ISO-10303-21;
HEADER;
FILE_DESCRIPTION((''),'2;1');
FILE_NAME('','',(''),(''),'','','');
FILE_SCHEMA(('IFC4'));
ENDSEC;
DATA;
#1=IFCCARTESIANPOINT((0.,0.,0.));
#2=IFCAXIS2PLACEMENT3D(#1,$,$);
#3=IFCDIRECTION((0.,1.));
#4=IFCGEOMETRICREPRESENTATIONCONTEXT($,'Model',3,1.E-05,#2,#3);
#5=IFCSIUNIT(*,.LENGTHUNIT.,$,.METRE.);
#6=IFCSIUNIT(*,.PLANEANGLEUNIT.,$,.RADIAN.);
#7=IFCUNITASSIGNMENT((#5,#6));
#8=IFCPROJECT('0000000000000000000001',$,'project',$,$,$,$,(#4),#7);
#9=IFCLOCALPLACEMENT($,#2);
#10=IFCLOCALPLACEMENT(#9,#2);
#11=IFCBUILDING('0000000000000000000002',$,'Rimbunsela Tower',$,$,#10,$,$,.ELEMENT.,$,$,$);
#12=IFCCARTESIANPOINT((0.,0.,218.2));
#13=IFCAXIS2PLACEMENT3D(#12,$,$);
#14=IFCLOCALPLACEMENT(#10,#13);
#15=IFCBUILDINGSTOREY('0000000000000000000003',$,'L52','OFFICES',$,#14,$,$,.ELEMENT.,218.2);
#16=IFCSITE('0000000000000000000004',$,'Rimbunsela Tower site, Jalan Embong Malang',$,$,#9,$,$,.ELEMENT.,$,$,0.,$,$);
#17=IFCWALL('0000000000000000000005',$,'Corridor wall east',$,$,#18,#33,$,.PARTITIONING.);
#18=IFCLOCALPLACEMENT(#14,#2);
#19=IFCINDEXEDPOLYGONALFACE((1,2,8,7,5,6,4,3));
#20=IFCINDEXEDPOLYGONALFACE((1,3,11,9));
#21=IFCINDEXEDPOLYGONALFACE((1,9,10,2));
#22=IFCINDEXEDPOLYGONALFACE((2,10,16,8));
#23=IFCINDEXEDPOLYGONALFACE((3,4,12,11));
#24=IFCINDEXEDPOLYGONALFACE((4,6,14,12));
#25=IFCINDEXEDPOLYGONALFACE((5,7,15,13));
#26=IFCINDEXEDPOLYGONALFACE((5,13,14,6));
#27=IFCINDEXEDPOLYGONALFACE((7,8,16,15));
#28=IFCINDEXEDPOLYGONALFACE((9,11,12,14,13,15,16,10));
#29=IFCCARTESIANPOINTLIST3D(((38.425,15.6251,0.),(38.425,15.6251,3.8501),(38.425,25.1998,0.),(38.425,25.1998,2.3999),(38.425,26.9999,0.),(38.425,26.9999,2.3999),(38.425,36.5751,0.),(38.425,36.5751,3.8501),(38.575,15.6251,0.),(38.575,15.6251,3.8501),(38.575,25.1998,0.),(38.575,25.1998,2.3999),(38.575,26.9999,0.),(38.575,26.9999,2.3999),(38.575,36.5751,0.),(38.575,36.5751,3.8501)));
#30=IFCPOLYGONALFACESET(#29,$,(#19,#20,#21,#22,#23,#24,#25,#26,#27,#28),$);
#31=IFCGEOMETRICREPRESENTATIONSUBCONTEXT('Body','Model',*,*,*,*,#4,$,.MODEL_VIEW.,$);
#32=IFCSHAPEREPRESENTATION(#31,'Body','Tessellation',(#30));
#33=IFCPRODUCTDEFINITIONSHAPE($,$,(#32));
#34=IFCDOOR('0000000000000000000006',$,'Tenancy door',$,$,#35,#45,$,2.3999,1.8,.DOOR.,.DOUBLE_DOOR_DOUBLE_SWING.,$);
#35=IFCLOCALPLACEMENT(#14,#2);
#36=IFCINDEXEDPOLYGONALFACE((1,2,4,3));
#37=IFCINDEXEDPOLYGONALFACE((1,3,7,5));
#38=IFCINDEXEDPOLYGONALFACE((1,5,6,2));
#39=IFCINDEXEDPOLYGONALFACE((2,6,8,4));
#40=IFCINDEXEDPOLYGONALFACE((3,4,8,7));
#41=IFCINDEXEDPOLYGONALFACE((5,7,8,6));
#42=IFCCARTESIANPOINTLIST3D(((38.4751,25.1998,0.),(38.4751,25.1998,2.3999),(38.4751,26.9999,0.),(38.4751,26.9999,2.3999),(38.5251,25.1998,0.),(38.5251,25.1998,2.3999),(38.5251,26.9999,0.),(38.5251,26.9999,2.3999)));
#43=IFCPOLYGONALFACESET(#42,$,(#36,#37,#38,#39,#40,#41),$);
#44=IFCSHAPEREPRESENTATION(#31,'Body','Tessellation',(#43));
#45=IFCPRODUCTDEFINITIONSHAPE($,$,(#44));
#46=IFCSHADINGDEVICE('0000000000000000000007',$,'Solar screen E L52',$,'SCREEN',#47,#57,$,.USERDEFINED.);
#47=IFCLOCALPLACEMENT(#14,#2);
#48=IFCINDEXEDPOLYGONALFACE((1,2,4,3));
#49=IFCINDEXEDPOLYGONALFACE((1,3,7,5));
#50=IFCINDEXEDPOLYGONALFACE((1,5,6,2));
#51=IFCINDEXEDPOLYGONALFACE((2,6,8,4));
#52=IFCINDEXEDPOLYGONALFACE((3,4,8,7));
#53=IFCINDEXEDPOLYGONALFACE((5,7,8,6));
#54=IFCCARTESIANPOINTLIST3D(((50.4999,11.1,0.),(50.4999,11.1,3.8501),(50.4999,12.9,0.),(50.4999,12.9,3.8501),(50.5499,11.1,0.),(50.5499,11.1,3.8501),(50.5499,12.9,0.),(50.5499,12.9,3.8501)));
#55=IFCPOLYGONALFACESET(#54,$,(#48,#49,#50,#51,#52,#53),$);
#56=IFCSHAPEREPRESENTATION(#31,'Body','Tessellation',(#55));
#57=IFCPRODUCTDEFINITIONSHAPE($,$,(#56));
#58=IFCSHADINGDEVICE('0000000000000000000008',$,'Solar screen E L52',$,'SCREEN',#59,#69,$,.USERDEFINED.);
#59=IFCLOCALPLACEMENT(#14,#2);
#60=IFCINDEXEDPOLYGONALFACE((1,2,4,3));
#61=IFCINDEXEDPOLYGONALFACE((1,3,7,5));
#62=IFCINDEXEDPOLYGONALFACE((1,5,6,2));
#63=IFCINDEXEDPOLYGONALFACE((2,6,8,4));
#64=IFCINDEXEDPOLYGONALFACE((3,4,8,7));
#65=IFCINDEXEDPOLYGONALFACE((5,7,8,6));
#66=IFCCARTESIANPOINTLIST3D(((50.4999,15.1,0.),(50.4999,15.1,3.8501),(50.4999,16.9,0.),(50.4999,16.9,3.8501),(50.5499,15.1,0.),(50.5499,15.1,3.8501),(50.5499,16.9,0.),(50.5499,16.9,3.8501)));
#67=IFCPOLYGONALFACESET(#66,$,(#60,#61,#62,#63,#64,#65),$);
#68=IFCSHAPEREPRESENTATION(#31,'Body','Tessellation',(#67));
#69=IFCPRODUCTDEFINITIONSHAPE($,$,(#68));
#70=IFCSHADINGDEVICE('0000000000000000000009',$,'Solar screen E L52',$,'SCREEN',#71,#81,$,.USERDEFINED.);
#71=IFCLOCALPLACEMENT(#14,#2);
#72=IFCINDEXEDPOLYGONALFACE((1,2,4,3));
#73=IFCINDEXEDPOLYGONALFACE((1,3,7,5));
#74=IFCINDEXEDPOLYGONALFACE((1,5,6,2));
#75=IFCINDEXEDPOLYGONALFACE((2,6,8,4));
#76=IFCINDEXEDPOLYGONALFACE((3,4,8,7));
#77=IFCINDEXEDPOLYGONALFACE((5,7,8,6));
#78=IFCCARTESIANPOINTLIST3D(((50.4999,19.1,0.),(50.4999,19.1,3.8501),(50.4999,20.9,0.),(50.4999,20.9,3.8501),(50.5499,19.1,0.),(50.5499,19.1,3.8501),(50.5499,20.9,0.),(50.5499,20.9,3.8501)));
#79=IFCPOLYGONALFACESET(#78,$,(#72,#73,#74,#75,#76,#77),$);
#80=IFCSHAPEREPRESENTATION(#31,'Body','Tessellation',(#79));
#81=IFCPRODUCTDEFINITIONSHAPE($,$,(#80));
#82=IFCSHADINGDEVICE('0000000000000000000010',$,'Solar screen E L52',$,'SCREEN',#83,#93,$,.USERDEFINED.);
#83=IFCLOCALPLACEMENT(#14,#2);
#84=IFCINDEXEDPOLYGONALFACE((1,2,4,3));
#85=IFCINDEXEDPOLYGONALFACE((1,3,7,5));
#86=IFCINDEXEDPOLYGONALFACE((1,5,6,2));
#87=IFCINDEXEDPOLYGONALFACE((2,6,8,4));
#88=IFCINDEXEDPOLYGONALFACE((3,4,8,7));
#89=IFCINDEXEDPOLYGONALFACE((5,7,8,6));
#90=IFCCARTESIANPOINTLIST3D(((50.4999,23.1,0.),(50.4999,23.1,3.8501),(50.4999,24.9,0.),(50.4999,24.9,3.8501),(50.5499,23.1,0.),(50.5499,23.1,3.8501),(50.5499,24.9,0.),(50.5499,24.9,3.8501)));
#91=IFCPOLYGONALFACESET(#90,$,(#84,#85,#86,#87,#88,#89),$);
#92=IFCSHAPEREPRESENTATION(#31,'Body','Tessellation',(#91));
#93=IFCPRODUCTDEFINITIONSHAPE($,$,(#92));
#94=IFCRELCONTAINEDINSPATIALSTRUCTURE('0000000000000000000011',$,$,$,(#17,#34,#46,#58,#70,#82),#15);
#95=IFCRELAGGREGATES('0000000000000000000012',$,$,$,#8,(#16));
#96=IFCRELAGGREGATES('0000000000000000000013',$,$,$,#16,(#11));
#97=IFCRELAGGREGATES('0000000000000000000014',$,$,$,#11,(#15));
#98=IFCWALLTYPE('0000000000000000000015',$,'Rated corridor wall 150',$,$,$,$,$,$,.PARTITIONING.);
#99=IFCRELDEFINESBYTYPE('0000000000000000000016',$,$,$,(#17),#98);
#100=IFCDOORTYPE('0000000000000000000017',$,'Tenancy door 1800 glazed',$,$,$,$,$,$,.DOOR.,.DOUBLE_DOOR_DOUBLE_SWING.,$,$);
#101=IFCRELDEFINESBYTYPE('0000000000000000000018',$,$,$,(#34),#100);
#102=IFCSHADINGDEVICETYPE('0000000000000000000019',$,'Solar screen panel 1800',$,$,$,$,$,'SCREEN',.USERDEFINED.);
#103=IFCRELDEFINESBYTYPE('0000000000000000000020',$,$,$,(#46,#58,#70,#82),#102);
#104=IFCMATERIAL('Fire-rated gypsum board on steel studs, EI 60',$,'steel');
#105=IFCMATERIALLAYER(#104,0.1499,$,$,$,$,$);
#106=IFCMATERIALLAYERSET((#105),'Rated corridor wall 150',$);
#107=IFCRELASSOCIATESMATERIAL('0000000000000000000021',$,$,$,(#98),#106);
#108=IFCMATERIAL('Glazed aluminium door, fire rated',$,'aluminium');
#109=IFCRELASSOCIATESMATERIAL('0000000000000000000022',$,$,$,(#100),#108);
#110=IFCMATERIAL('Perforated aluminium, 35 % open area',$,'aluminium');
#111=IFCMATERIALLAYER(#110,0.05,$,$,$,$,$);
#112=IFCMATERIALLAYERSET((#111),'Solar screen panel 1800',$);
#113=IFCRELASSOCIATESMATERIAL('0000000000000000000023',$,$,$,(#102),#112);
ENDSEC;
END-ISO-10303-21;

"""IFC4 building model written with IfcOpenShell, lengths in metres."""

from ifc_helpers import new_model, si_unit, direction, frame, frame_2d, origin, origin_2d, place, context, subcontext, project, spatial, rectangle, extrude, material, layer, layer_set, type_object, element, fill, save


model = new_model("IFC4")

# Units and contexts
model_context = context("Model", 3, precision=1e-05, world=origin(), true_north=direction((0.0, 1.0)))
body_context = subcontext(model_context, "Body", "Model", "MODEL_VIEW")
ifc_project = project(units=[si_unit("LENGTHUNIT", "METRE"), si_unit("PLANEANGLEUNIT", "RADIAN")], contexts=[model_context])

# Site, building, storey
site_placement = place(None, origin())
site = spatial("IfcSite", under=ifc_project, at=site_placement, Name="Rimbunsela Tower site, Jalan Embong Malang", CompositionType="ELEMENT", RefElevation=0.0)
building_placement = place(site_placement, origin())
building = spatial("IfcBuilding", under=site, at=building_placement, Name="Rimbunsela Tower", CompositionType="ELEMENT")
storey_placement = place(building_placement, frame((0.0, 0.0, 218.2)))
storey = spatial("IfcBuildingStorey", under=building, at=storey_placement, Name="L52", Description="OFFICES", CompositionType="ELEMENT", Elevation=218.2)

# Wall, opening, door
ifc_material_1 = material(Name="Fire-rated gypsum board on steel studs, EI 60", Category="steel")
ifc_layer_1 = layer(ifc_material_1, 0.1499)
ifc_layer_set_1 = layer_set([ifc_layer_1], Name="Rated corridor wall 150")
wall_type_1 = type_object("IfcWallType", Name="Rated corridor wall 150", PredefinedType="PARTITIONING", material=ifc_layer_set_1)
wall_1_placement = place(storey_placement, frame((38.5, 15.625, 0.0), z_axis=(0.0, 0.0, 1.0), x_axis=(0.0, 1.0, 0.0)))
wall_1 = element("IfcWall", 1, at=wall_1_placement, inside=storey, type_object=wall_type_1, Name="Corridor wall east", PredefinedType="PARTITIONING", context=body_context, shape_type="SweptSolid", body=[
    extrude(rectangle(XDim=20.95, YDim=0.1499, at=frame_2d((10.4751, 0.0))), origin(), (0.0, 0.0, 1.0), 3.8501),
])
opening_1_placement = place(wall_1_placement, frame((9.575, 0.0, 0.0)))
opening_1 = element("IfcOpeningElement", 2, at=opening_1_placement, cuts=wall_1, PredefinedType="OPENING", context=body_context, shape_type="SweptSolid", body=[
    extrude(rectangle(XDim=1.8, YDim=2.3999, at=frame_2d((0.8999, 1.2))), frame((0.0, 0.085, 0.0), z_axis=(0.0, -1.0, 0.0), x_axis=(1.0, 0.0, 0.0)), (0.0, 0.0, 1.0), 0.1699),
])
ifc_material_2 = material(Name="Glazed aluminium door, fire rated", Category="aluminium")
door_type_1 = type_object("IfcDoorType", Name="Tenancy door 1800 glazed", OperationType="DOUBLE_DOOR_DOUBLE_SWING", PredefinedType="DOOR", material=ifc_material_2)
door_1_placement = place(opening_1_placement, origin())
door_1 = element("IfcDoor", 3, at=door_1_placement, inside=storey, type_object=door_type_1, Name="Tenancy door", OperationType="DOUBLE_DOOR_DOUBLE_SWING", OverallHeight=2.3999, OverallWidth=1.8, PredefinedType="DOOR", context=body_context, shape_type="SweptSolid", body=[
    extrude(rectangle(XDim=1.8, YDim=2.3999, at=frame_2d((0.8999, 1.2))), frame((0.0, 0.0249, 0.0), z_axis=(0.0, -1.0, 0.0), x_axis=(1.0, 0.0, 0.0)), (0.0, 0.0, 1.0), 0.05),
])
fill(opening_1, door_1)

# Shading devices
ifc_material_3 = material(Name="Perforated aluminium, 35 % open area", Category="aluminium")
ifc_layer_2 = layer(ifc_material_3, 0.05)
ifc_layer_set_2 = layer_set([ifc_layer_2], Name="Solar screen panel 1800")
shading_device_type = type_object("IfcShadingDeviceType", Name="Solar screen panel 1800", ElementType="SCREEN", PredefinedType="USERDEFINED", material=ifc_layer_set_2)
for number, where, z_axis, x_axis, name in (
    (4, (50.5249, 12.0, 0.0), (0.0, 0.0, 1.0), (0.0, 1.0, 0.0), "Solar screen E L52"),
    (5, (50.5249, 16.0, 0.0), (0.0, 0.0, 1.0), (0.0, 1.0, 0.0), "Solar screen E L52"),
    (6, (50.5249, 20.0, 0.0), (0.0, 0.0, 1.0), (0.0, 1.0, 0.0), "Solar screen E L52"),
    (7, (50.5249, 24.0, 0.0), (0.0, 0.0, 1.0), (0.0, 1.0, 0.0), "Solar screen E L52"),
):
    element("IfcShadingDevice", number, at=place(storey_placement, frame(where, z_axis=z_axis, x_axis=x_axis)), inside=storey, type_object=shading_device_type, Name=name, ObjectType="SCREEN", PredefinedType="USERDEFINED", context=body_context, shape_type="SweptSolid", body=[
        extrude(rectangle(XDim=1.8, YDim=0.05, at=origin_2d()), origin(), (0.0, 0.0, 1.0), 3.8501),
    ])

save(model, "model.ifc")
